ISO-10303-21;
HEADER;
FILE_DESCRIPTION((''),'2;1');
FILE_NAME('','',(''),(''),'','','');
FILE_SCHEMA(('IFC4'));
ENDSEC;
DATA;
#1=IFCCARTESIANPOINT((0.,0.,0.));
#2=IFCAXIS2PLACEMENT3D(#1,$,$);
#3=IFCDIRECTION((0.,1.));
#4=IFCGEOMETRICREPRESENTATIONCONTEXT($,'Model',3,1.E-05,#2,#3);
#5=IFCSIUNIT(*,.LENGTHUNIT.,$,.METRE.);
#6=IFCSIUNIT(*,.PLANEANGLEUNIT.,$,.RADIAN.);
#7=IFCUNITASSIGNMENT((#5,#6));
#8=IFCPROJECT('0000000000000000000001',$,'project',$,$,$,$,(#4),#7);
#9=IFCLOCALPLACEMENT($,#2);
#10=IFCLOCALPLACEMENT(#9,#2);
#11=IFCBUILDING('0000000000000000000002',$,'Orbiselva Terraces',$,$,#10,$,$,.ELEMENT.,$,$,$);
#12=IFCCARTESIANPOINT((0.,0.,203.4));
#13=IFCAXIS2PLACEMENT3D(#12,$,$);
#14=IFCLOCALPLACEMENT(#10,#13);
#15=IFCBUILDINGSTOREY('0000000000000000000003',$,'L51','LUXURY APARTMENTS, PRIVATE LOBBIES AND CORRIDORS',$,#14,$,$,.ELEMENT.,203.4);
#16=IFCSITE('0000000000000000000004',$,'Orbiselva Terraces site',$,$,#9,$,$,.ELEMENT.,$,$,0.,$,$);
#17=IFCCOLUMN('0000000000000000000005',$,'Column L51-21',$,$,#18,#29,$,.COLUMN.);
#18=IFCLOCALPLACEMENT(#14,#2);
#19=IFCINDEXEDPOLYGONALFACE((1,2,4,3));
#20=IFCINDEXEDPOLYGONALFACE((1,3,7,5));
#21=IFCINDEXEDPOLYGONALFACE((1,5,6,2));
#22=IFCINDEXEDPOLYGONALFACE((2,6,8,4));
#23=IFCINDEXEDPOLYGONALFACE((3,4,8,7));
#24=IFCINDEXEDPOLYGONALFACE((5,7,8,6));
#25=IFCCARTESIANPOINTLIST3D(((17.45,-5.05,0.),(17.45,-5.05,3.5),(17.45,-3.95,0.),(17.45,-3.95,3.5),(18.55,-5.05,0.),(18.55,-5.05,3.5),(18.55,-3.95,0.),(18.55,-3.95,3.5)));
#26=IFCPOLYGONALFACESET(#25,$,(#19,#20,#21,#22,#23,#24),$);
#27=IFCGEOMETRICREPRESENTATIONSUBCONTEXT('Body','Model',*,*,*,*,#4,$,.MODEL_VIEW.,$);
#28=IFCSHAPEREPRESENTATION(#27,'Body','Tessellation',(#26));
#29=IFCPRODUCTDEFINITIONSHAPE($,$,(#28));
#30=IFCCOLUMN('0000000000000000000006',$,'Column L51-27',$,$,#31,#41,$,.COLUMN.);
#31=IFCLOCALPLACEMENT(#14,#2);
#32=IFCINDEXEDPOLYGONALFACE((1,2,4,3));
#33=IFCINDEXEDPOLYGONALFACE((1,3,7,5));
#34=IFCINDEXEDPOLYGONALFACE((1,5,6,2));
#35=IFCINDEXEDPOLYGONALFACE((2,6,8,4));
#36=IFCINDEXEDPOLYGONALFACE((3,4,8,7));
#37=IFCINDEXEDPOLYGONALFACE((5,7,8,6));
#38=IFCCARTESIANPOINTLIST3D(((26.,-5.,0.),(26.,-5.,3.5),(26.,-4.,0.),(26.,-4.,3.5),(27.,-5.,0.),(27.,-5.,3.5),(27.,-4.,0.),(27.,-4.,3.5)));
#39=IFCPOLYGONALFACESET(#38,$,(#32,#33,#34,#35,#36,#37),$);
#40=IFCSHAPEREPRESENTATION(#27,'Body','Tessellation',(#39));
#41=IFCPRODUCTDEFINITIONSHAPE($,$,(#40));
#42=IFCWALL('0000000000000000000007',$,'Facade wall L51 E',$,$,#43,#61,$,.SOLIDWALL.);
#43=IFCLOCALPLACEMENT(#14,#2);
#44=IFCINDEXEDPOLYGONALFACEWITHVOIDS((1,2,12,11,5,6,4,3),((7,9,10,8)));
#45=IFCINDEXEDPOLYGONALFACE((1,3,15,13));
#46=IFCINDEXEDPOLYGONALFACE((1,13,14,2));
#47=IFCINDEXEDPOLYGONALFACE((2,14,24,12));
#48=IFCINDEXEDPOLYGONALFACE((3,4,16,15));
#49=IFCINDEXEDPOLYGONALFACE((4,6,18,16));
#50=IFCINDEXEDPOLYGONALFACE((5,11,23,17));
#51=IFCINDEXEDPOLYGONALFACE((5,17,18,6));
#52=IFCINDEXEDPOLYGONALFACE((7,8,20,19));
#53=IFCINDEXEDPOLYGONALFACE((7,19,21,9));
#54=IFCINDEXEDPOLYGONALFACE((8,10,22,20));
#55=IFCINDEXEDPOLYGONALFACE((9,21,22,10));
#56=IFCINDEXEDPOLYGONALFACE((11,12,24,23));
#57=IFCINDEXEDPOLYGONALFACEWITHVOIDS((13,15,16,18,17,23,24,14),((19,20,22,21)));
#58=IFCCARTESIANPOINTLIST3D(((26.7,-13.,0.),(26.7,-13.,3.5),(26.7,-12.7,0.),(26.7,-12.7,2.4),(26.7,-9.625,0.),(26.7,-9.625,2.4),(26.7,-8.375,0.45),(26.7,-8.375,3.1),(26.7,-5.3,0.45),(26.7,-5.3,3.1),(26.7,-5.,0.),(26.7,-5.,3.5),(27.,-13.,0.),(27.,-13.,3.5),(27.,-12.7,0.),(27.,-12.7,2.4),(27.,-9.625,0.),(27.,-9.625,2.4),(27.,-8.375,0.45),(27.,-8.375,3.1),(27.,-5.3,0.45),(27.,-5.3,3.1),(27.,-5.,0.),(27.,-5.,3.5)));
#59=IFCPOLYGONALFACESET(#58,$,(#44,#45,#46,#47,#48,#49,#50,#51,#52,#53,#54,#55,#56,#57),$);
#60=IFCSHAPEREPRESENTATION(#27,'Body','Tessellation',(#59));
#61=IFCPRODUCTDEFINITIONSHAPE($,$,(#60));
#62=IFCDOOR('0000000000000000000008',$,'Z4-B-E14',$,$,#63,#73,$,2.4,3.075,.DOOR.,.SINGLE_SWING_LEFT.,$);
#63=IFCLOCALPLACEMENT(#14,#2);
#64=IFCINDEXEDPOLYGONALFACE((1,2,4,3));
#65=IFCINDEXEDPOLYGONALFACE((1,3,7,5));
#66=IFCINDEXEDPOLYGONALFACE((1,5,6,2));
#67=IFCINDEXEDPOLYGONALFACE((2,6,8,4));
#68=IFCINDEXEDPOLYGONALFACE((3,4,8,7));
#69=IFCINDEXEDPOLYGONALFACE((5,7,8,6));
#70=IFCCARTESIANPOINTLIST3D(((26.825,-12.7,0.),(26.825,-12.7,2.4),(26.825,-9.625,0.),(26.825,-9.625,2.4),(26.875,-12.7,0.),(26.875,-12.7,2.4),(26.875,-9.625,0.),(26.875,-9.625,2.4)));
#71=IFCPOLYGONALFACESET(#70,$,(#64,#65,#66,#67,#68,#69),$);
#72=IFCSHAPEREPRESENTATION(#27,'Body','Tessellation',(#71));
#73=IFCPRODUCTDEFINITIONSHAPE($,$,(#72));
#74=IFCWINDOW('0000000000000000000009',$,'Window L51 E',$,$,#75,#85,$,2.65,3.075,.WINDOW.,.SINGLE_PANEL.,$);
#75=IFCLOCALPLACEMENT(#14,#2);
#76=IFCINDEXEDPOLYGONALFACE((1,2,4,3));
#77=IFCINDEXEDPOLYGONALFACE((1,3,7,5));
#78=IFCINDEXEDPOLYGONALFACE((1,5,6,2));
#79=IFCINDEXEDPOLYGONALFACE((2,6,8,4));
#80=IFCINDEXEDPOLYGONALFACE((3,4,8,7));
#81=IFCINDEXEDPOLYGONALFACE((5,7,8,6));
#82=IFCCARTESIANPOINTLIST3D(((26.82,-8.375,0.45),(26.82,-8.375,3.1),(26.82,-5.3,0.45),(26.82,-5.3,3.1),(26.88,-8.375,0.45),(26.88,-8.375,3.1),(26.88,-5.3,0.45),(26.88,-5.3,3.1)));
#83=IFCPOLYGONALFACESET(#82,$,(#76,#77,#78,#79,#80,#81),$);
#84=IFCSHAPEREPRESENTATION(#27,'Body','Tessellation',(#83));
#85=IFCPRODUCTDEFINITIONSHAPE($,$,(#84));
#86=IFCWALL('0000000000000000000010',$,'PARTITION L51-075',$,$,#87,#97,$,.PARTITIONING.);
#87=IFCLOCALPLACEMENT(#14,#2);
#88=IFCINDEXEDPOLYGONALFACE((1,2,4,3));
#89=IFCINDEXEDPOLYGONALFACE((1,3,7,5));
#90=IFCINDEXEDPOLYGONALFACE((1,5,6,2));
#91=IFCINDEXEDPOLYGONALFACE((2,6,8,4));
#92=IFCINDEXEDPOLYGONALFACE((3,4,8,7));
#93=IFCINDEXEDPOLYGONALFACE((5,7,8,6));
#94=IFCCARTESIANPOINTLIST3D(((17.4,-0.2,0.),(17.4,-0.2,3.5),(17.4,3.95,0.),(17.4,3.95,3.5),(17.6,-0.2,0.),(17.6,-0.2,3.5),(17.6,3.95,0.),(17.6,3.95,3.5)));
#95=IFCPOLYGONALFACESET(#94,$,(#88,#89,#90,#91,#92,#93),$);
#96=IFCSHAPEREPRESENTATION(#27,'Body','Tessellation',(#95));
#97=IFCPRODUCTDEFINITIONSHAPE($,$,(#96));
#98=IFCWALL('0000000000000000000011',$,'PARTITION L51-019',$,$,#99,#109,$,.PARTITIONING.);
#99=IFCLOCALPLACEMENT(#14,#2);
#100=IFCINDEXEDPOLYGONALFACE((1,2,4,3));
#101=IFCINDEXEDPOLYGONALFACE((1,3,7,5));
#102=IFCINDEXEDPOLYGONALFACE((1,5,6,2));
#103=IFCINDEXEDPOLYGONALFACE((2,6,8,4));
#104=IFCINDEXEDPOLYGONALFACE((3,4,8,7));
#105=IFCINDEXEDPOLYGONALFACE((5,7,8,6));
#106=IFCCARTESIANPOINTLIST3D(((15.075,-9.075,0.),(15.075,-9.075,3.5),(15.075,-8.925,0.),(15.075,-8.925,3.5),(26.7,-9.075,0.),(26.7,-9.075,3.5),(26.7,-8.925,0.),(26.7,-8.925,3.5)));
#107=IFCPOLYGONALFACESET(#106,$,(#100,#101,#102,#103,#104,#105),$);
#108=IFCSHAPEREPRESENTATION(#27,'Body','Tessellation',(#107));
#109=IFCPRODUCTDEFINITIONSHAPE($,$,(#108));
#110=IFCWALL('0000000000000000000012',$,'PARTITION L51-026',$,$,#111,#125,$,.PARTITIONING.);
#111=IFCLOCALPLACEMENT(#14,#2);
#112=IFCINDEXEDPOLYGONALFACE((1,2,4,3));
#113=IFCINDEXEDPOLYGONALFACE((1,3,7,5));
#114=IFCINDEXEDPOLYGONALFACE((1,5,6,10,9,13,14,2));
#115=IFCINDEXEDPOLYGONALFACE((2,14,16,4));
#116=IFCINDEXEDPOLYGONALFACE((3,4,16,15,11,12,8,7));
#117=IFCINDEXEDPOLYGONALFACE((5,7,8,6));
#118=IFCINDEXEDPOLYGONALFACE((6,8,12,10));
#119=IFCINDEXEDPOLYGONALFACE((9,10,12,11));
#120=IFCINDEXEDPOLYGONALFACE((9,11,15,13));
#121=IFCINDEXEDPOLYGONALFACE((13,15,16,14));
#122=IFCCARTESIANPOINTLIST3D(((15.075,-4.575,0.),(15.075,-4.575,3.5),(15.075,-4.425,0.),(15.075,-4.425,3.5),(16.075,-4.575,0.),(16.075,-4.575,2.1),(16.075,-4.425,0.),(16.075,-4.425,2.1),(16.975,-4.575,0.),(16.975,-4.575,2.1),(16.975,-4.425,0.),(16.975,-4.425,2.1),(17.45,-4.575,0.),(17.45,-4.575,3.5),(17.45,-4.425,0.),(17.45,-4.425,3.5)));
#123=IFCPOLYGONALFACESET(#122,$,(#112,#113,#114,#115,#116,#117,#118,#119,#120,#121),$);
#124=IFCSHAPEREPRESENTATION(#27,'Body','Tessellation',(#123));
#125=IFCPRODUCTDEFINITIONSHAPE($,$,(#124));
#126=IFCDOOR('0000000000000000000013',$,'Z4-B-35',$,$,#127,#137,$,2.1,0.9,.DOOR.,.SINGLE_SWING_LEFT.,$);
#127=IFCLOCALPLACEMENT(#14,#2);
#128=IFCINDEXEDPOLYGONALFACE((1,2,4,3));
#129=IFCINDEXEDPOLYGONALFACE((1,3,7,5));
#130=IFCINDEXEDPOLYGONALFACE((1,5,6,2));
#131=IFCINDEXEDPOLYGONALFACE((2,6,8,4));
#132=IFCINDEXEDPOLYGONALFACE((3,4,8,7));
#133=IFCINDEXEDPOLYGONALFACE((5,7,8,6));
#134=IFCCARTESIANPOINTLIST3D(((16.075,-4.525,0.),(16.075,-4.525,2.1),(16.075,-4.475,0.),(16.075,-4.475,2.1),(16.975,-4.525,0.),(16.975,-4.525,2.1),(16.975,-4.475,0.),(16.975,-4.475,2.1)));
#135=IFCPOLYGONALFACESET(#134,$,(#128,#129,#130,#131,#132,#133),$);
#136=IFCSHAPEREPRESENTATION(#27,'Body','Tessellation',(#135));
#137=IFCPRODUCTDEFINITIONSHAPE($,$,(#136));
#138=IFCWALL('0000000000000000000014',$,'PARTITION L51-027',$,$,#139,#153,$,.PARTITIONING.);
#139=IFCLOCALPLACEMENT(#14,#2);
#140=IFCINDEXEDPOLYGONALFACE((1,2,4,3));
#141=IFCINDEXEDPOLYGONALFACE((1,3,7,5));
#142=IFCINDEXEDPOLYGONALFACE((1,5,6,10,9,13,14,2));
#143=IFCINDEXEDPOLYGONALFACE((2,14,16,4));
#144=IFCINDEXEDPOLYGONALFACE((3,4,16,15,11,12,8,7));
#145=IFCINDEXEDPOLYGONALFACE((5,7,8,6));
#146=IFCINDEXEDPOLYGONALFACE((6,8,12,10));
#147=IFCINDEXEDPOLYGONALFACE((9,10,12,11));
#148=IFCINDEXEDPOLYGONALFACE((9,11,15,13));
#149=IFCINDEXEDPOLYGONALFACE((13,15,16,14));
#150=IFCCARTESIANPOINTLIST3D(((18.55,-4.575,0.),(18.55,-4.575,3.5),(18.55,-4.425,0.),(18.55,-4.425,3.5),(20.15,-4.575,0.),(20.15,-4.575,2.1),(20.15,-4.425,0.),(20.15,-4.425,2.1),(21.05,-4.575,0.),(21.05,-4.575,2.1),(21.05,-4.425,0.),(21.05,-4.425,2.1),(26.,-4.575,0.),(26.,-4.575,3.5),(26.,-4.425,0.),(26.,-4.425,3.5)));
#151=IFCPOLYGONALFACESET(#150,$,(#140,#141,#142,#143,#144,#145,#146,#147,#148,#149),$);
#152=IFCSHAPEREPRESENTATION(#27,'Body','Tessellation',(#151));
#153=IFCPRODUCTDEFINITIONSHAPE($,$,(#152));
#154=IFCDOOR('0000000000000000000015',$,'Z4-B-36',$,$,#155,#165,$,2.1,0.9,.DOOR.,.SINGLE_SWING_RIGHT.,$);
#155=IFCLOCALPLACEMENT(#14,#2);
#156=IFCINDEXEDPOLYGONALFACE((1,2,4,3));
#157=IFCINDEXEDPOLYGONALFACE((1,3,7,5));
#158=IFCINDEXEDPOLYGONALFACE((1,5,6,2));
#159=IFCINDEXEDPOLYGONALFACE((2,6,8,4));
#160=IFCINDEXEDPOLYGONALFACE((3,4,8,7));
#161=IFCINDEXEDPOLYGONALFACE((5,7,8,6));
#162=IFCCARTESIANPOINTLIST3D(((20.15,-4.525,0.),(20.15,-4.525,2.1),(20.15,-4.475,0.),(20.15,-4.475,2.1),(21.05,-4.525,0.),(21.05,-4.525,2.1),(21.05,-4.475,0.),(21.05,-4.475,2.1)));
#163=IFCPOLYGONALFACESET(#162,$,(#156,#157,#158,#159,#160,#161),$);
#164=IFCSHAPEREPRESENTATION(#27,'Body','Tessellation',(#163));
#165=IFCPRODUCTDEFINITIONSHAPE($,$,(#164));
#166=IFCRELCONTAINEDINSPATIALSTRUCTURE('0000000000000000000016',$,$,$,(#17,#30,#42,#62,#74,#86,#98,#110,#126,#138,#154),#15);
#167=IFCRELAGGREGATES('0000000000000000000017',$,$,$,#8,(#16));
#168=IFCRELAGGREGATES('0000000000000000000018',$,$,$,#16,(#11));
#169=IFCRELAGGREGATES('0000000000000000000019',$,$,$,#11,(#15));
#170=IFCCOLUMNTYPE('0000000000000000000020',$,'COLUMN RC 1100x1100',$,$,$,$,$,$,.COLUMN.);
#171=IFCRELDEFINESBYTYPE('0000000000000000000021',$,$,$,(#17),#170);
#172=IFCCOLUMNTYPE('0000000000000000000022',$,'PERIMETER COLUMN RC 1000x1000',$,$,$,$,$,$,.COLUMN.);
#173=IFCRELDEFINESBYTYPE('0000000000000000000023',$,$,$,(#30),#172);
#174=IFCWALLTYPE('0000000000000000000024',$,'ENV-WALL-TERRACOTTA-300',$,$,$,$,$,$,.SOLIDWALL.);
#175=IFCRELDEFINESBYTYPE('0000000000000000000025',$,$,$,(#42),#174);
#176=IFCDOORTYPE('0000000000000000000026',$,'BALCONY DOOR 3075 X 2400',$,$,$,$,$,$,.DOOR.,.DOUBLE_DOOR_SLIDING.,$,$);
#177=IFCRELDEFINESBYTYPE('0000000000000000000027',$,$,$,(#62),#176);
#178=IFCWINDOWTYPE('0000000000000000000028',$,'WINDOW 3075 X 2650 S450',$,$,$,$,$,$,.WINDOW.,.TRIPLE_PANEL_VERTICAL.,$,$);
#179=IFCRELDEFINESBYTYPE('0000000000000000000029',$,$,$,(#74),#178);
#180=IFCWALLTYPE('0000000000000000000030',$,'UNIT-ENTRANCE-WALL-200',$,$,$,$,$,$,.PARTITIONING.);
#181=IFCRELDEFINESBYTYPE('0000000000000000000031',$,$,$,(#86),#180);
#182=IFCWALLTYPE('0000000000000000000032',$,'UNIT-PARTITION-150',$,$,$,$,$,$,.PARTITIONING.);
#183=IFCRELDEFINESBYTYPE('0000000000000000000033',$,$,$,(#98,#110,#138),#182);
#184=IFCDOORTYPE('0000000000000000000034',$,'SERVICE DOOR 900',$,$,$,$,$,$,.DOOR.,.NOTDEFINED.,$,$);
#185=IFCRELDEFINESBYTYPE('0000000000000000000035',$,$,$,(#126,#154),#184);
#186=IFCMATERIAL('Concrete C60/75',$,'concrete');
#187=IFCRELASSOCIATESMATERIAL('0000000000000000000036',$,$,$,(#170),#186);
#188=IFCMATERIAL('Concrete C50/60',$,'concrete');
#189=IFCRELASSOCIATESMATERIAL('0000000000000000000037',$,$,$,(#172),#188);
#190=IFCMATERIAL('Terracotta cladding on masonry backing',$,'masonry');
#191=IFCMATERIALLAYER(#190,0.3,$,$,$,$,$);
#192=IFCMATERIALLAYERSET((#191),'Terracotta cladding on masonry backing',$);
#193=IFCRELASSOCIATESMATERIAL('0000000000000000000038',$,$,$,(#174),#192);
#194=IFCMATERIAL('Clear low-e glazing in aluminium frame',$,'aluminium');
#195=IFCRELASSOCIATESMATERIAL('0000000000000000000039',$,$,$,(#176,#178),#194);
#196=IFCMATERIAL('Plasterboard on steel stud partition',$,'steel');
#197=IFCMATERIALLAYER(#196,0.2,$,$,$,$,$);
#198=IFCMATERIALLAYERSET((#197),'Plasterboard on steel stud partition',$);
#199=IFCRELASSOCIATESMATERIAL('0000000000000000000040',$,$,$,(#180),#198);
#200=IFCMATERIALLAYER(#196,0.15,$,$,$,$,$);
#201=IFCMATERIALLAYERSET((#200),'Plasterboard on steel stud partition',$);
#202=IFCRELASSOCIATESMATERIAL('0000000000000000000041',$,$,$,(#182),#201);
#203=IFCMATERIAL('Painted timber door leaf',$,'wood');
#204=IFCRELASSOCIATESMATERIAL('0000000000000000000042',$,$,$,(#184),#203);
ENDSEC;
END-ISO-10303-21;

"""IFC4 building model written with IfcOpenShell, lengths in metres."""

from ifc_helpers import new_model, si_unit, direction, frame, frame_2d, origin, origin_2d, place, context, subcontext, project, spatial, rectangle, extrude, material, layer, layer_set, material_profile, profile_set, type_object, element, fill, save


model = new_model("IFC4")

# Units and contexts
model_context = context("Model", 3, precision=1e-05, world=origin(), true_north=direction((0.0, 1.0)))
body_context = subcontext(model_context, "Body", "Model", "MODEL_VIEW")
ifc_project = project(units=[si_unit("LENGTHUNIT", "METRE"), si_unit("PLANEANGLEUNIT", "RADIAN")], contexts=[model_context])

# Site, building, storey
site_placement = place(None, origin())
site = spatial("IfcSite", under=ifc_project, at=site_placement, Name="Orbiselva Terraces site", CompositionType="ELEMENT", RefElevation=0.0)
building_placement = place(site_placement, origin())
building = spatial("IfcBuilding", under=site, at=building_placement, Name="Orbiselva Terraces", CompositionType="ELEMENT")
storey_placement = place(building_placement, frame((0.0, 0.0, 203.4)))
storey = spatial("IfcBuildingStorey", under=building, at=storey_placement, Name="L51", Description="LUXURY APARTMENTS, PRIVATE LOBBIES AND CORRIDORS", CompositionType="ELEMENT", Elevation=203.4)

# Columns
ifc_material_1 = material(Name="Concrete C60/75", Category="concrete")
ifc_material_profile_1 = material_profile(ifc_material_1, rectangle(XDim=1.1, YDim=1.1, at=origin_2d()), Name="RC 1100x1100")
ifc_profile_set_1 = profile_set([ifc_material_profile_1], Name="Concrete C60/75")
column_type_1 = type_object("IfcColumnType", Name="COLUMN RC 1100x1100", PredefinedType="COLUMN", material=ifc_profile_set_1)
column_1_placement = place(storey_placement, frame((18.0, -4.5, 0.0), z_axis=(0.0, 0.0, 1.0), x_axis=(1.0, 0.0, 0.0)))
element("IfcColumn", 1, at=column_1_placement, inside=storey, type_object=column_type_1, Name="Column L51-21", PredefinedType="COLUMN", context=body_context, shape_type="SweptSolid", body=[
    extrude(rectangle(XDim=1.1, YDim=1.1, at=origin_2d()), origin(), (0.0, 0.0, 1.0), 3.5),
])
ifc_material_2 = material(Name="Concrete C50/60", Category="concrete")
ifc_material_profile_2 = material_profile(ifc_material_2, rectangle(XDim=1.0, YDim=1.0, at=origin_2d()), Name="RC 1000x1000")
ifc_profile_set_2 = profile_set([ifc_material_profile_2], Name="Concrete C50/60")
column_type_2 = type_object("IfcColumnType", Name="PERIMETER COLUMN RC 1000x1000", PredefinedType="COLUMN", material=ifc_profile_set_2)
column_2_placement = place(storey_placement, frame((26.5, -4.5, 0.0), z_axis=(0.0, 0.0, 1.0), x_axis=(1.0, 0.0, 0.0)))
element("IfcColumn", 2, at=column_2_placement, inside=storey, type_object=column_type_2, Name="Column L51-27", PredefinedType="COLUMN", context=body_context, shape_type="SweptSolid", body=[
    extrude(rectangle(XDim=1.0, YDim=1.0, at=origin_2d()), origin(), (0.0, 0.0, 1.0), 3.5),
])

# Wall, openings, door, window
ifc_material_3 = material(Name="Terracotta cladding on masonry backing", Category="masonry")
ifc_layer_1 = layer(ifc_material_3, 0.3)
ifc_layer_set_1 = layer_set([ifc_layer_1], Name="Terracotta cladding on masonry backing")
wall_type_1 = type_object("IfcWallType", Name="ENV-WALL-TERRACOTTA-300", PredefinedType="SOLIDWALL", material=ifc_layer_set_1)
wall_1_placement = place(storey_placement, frame((26.85, -5.0, 0.0), z_axis=(0.0, 0.0, 1.0), x_axis=(0.0, -1.0, 0.0)))
wall_1 = element("IfcWall", 3, at=wall_1_placement, inside=storey, type_object=wall_type_1, Name="Facade wall L51 E", PredefinedType="SOLIDWALL", context=body_context, shape_type="SweptSolid", body=[
    extrude(rectangle(XDim=8.0, YDim=0.3, at=frame_2d((4.0, 0.0))), origin(), (0.0, 0.0, 1.0), 3.5),
])
opening_1_placement = place(wall_1_placement, frame((4.625, 0.0, 0.0)))
opening_1 = element("IfcOpeningElement", 4, at=opening_1_placement, cuts=wall_1, PredefinedType="OPENING", context=body_context, shape_type="SweptSolid", body=[
    extrude(rectangle(XDim=3.075, YDim=2.4, at=frame_2d((1.5375, 1.2))), frame((0.0, 0.16, 0.0), z_axis=(0.0, -1.0, 0.0), x_axis=(1.0, 0.0, 0.0)), (0.0, 0.0, 1.0), 0.32),
])
opening_2_placement = place(wall_1_placement, frame((0.3, 0.0, 0.45)))
opening_2 = element("IfcOpeningElement", 5, at=opening_2_placement, cuts=wall_1, PredefinedType="OPENING", context=body_context, shape_type="SweptSolid", body=[
    extrude(rectangle(XDim=3.075, YDim=2.65, at=frame_2d((1.5375, 1.325))), frame((0.0, 0.16, 0.0), z_axis=(0.0, -1.0, 0.0), x_axis=(1.0, 0.0, 0.0)), (0.0, 0.0, 1.0), 0.32),
])
ifc_material_4 = material(Name="Clear low-e glazing in aluminium frame", Category="aluminium")
door_type_1 = type_object("IfcDoorType", Name="BALCONY DOOR 3075 X 2400", OperationType="DOUBLE_DOOR_SLIDING", PredefinedType="DOOR", material=ifc_material_4)
door_1_placement = place(opening_1_placement, origin())
door_1 = element("IfcDoor", 6, at=door_1_placement, inside=storey, type_object=door_type_1, Name="Z4-B-E14", OperationType="SINGLE_SWING_LEFT", OverallHeight=2.4, OverallWidth=3.075, PredefinedType="DOOR", context=body_context, shape_type="SweptSolid", body=[
    extrude(rectangle(XDim=3.075, YDim=2.4, at=frame_2d((1.5375, 1.2))), frame((0.0, 0.025, 0.0), z_axis=(0.0, -1.0, 0.0), x_axis=(1.0, 0.0, 0.0)), (0.0, 0.0, 1.0), 0.05),
])
fill(opening_1, door_1)
window_type = type_object("IfcWindowType", Name="WINDOW 3075 X 2650 S450", PartitioningType="TRIPLE_PANEL_VERTICAL", PredefinedType="WINDOW", material=ifc_material_4)
window_placement = place(opening_2_placement, origin())
window = element("IfcWindow", 7, at=window_placement, inside=storey, type_object=window_type, Name="Window L51 E", OverallHeight=2.65, OverallWidth=3.075, PartitioningType="SINGLE_PANEL", PredefinedType="WINDOW", context=body_context, shape_type="SweptSolid", body=[
    extrude(rectangle(XDim=3.075, YDim=2.65, at=frame_2d((1.5375, 1.325))), frame((0.0, 0.03, 0.0), z_axis=(0.0, -1.0, 0.0), x_axis=(1.0, 0.0, 0.0)), (0.0, 0.0, 1.0), 0.06),
])
fill(opening_2, window)

# Walls
ifc_material_5 = material(Name="Plasterboard on steel stud partition", Category="steel")
ifc_layer_2 = layer(ifc_material_5, 0.2)
ifc_layer_set_2 = layer_set([ifc_layer_2], Name="Plasterboard on steel stud partition")
wall_type_2 = type_object("IfcWallType", Name="UNIT-ENTRANCE-WALL-200", PredefinedType="PARTITIONING", material=ifc_layer_set_2)
wall_2_placement = place(storey_placement, frame((17.5, -0.2, 0.0), z_axis=(0.0, 0.0, 1.0), x_axis=(0.0, 1.0, 0.0)))
element("IfcWall", 8, at=wall_2_placement, inside=storey, type_object=wall_type_2, Name="PARTITION L51-075", PredefinedType="PARTITIONING", context=body_context, shape_type="SweptSolid", body=[
    extrude(rectangle(XDim=4.15, YDim=0.2, at=frame_2d((2.075, 0.0))), origin(), (0.0, 0.0, 1.0), 3.5),
])
ifc_layer_3 = layer(ifc_material_5, 0.15)
ifc_layer_set_3 = layer_set([ifc_layer_3], Name="Plasterboard on steel stud partition")
wall_type_3 = type_object("IfcWallType", Name="UNIT-PARTITION-150", PredefinedType="PARTITIONING", material=ifc_layer_set_3)
wall_3_placement = place(storey_placement, frame((15.075, -9.0, 0.0), z_axis=(0.0, 0.0, 1.0), x_axis=(1.0, 0.0, 0.0)))
element("IfcWall", 9, at=wall_3_placement, inside=storey, type_object=wall_type_3, Name="PARTITION L51-019", PredefinedType="PARTITIONING", context=body_context, shape_type="SweptSolid", body=[
    extrude(rectangle(XDim=11.625, YDim=0.15, at=frame_2d((5.8125, 0.0))), origin(), (0.0, 0.0, 1.0), 3.5),
])

# Walls, openings, doors
wall_4_placement = place(storey_placement, frame((17.45, -4.5, 0.0), z_axis=(0.0, 0.0, 1.0), x_axis=(-1.0, 0.0, 0.0)))
wall_4 = element("IfcWall", 10, at=wall_4_placement, inside=storey, type_object=wall_type_3, Name="PARTITION L51-026", PredefinedType="PARTITIONING", context=body_context, shape_type="SweptSolid", body=[
    extrude(rectangle(XDim=2.375, YDim=0.15, at=frame_2d((1.1875, 0.0))), origin(), (0.0, 0.0, 1.0), 3.5),
])
opening_3_placement = place(wall_4_placement, frame((0.475, 0.0, 0.0)))
opening_3 = element("IfcOpeningElement", 11, at=opening_3_placement, cuts=wall_4, PredefinedType="OPENING", context=body_context, shape_type="SweptSolid", body=[
    extrude(rectangle(XDim=0.9, YDim=2.1, at=frame_2d((0.45, 1.05))), frame((0.0, 0.085, 0.0), z_axis=(0.0, -1.0, 0.0), x_axis=(1.0, 0.0, 0.0)), (0.0, 0.0, 1.0), 0.17),
])
ifc_material_6 = material(Name="Painted timber door leaf", Category="wood")
door_type_2 = type_object("IfcDoorType", Name="SERVICE DOOR 900", OperationType="NOTDEFINED", PredefinedType="DOOR", material=ifc_material_6)
door_2_placement = place(opening_3_placement, origin())
door_2 = element("IfcDoor", 12, at=door_2_placement, inside=storey, type_object=door_type_2, Name="Z4-B-35", OperationType="SINGLE_SWING_LEFT", OverallHeight=2.1, OverallWidth=0.9, PredefinedType="DOOR", context=body_context, shape_type="SweptSolid", body=[
    extrude(rectangle(XDim=0.9, YDim=2.1, at=frame_2d((0.45, 1.05))), frame((0.0, 0.025, 0.0), z_axis=(0.0, -1.0, 0.0), x_axis=(1.0, 0.0, 0.0)), (0.0, 0.0, 1.0), 0.05),
])
fill(opening_3, door_2)
wall_5_placement = place(storey_placement, frame((26.0, -4.5, 0.0), z_axis=(0.0, 0.0, 1.0), x_axis=(-1.0, 0.0, 0.0)))
wall_5 = element("IfcWall", 13, at=wall_5_placement, inside=storey, type_object=wall_type_3, Name="PARTITION L51-027", PredefinedType="PARTITIONING", context=body_context, shape_type="SweptSolid", body=[
    extrude(rectangle(XDim=7.45, YDim=0.15, at=frame_2d((3.725, 0.0))), origin(), (0.0, 0.0, 1.0), 3.5),
])
opening_4_placement = place(wall_5_placement, frame((4.95, 0.0, 0.0)))
opening_4 = element("IfcOpeningElement", 14, at=opening_4_placement, cuts=wall_5, PredefinedType="OPENING", context=body_context, shape_type="SweptSolid", body=[
    extrude(rectangle(XDim=0.9, YDim=2.1, at=frame_2d((0.45, 1.05))), frame((0.0, 0.085, 0.0), z_axis=(0.0, -1.0, 0.0), x_axis=(1.0, 0.0, 0.0)), (0.0, 0.0, 1.0), 0.17),
])
door_3_placement = place(opening_4_placement, origin())
door_3 = element("IfcDoor", 15, at=door_3_placement, inside=storey, type_object=door_type_2, Name="Z4-B-36", OperationType="SINGLE_SWING_RIGHT", OverallHeight=2.1, OverallWidth=0.9, PredefinedType="DOOR", context=body_context, shape_type="SweptSolid", body=[
    extrude(rectangle(XDim=0.9, YDim=2.1, at=frame_2d((0.45, 1.05))), frame((0.0, 0.025, 0.0), z_axis=(0.0, -1.0, 0.0), x_axis=(1.0, 0.0, 0.0)), (0.0, 0.0, 1.0), 0.05),
])
fill(opening_4, door_3)

save(model, "model.ifc")
